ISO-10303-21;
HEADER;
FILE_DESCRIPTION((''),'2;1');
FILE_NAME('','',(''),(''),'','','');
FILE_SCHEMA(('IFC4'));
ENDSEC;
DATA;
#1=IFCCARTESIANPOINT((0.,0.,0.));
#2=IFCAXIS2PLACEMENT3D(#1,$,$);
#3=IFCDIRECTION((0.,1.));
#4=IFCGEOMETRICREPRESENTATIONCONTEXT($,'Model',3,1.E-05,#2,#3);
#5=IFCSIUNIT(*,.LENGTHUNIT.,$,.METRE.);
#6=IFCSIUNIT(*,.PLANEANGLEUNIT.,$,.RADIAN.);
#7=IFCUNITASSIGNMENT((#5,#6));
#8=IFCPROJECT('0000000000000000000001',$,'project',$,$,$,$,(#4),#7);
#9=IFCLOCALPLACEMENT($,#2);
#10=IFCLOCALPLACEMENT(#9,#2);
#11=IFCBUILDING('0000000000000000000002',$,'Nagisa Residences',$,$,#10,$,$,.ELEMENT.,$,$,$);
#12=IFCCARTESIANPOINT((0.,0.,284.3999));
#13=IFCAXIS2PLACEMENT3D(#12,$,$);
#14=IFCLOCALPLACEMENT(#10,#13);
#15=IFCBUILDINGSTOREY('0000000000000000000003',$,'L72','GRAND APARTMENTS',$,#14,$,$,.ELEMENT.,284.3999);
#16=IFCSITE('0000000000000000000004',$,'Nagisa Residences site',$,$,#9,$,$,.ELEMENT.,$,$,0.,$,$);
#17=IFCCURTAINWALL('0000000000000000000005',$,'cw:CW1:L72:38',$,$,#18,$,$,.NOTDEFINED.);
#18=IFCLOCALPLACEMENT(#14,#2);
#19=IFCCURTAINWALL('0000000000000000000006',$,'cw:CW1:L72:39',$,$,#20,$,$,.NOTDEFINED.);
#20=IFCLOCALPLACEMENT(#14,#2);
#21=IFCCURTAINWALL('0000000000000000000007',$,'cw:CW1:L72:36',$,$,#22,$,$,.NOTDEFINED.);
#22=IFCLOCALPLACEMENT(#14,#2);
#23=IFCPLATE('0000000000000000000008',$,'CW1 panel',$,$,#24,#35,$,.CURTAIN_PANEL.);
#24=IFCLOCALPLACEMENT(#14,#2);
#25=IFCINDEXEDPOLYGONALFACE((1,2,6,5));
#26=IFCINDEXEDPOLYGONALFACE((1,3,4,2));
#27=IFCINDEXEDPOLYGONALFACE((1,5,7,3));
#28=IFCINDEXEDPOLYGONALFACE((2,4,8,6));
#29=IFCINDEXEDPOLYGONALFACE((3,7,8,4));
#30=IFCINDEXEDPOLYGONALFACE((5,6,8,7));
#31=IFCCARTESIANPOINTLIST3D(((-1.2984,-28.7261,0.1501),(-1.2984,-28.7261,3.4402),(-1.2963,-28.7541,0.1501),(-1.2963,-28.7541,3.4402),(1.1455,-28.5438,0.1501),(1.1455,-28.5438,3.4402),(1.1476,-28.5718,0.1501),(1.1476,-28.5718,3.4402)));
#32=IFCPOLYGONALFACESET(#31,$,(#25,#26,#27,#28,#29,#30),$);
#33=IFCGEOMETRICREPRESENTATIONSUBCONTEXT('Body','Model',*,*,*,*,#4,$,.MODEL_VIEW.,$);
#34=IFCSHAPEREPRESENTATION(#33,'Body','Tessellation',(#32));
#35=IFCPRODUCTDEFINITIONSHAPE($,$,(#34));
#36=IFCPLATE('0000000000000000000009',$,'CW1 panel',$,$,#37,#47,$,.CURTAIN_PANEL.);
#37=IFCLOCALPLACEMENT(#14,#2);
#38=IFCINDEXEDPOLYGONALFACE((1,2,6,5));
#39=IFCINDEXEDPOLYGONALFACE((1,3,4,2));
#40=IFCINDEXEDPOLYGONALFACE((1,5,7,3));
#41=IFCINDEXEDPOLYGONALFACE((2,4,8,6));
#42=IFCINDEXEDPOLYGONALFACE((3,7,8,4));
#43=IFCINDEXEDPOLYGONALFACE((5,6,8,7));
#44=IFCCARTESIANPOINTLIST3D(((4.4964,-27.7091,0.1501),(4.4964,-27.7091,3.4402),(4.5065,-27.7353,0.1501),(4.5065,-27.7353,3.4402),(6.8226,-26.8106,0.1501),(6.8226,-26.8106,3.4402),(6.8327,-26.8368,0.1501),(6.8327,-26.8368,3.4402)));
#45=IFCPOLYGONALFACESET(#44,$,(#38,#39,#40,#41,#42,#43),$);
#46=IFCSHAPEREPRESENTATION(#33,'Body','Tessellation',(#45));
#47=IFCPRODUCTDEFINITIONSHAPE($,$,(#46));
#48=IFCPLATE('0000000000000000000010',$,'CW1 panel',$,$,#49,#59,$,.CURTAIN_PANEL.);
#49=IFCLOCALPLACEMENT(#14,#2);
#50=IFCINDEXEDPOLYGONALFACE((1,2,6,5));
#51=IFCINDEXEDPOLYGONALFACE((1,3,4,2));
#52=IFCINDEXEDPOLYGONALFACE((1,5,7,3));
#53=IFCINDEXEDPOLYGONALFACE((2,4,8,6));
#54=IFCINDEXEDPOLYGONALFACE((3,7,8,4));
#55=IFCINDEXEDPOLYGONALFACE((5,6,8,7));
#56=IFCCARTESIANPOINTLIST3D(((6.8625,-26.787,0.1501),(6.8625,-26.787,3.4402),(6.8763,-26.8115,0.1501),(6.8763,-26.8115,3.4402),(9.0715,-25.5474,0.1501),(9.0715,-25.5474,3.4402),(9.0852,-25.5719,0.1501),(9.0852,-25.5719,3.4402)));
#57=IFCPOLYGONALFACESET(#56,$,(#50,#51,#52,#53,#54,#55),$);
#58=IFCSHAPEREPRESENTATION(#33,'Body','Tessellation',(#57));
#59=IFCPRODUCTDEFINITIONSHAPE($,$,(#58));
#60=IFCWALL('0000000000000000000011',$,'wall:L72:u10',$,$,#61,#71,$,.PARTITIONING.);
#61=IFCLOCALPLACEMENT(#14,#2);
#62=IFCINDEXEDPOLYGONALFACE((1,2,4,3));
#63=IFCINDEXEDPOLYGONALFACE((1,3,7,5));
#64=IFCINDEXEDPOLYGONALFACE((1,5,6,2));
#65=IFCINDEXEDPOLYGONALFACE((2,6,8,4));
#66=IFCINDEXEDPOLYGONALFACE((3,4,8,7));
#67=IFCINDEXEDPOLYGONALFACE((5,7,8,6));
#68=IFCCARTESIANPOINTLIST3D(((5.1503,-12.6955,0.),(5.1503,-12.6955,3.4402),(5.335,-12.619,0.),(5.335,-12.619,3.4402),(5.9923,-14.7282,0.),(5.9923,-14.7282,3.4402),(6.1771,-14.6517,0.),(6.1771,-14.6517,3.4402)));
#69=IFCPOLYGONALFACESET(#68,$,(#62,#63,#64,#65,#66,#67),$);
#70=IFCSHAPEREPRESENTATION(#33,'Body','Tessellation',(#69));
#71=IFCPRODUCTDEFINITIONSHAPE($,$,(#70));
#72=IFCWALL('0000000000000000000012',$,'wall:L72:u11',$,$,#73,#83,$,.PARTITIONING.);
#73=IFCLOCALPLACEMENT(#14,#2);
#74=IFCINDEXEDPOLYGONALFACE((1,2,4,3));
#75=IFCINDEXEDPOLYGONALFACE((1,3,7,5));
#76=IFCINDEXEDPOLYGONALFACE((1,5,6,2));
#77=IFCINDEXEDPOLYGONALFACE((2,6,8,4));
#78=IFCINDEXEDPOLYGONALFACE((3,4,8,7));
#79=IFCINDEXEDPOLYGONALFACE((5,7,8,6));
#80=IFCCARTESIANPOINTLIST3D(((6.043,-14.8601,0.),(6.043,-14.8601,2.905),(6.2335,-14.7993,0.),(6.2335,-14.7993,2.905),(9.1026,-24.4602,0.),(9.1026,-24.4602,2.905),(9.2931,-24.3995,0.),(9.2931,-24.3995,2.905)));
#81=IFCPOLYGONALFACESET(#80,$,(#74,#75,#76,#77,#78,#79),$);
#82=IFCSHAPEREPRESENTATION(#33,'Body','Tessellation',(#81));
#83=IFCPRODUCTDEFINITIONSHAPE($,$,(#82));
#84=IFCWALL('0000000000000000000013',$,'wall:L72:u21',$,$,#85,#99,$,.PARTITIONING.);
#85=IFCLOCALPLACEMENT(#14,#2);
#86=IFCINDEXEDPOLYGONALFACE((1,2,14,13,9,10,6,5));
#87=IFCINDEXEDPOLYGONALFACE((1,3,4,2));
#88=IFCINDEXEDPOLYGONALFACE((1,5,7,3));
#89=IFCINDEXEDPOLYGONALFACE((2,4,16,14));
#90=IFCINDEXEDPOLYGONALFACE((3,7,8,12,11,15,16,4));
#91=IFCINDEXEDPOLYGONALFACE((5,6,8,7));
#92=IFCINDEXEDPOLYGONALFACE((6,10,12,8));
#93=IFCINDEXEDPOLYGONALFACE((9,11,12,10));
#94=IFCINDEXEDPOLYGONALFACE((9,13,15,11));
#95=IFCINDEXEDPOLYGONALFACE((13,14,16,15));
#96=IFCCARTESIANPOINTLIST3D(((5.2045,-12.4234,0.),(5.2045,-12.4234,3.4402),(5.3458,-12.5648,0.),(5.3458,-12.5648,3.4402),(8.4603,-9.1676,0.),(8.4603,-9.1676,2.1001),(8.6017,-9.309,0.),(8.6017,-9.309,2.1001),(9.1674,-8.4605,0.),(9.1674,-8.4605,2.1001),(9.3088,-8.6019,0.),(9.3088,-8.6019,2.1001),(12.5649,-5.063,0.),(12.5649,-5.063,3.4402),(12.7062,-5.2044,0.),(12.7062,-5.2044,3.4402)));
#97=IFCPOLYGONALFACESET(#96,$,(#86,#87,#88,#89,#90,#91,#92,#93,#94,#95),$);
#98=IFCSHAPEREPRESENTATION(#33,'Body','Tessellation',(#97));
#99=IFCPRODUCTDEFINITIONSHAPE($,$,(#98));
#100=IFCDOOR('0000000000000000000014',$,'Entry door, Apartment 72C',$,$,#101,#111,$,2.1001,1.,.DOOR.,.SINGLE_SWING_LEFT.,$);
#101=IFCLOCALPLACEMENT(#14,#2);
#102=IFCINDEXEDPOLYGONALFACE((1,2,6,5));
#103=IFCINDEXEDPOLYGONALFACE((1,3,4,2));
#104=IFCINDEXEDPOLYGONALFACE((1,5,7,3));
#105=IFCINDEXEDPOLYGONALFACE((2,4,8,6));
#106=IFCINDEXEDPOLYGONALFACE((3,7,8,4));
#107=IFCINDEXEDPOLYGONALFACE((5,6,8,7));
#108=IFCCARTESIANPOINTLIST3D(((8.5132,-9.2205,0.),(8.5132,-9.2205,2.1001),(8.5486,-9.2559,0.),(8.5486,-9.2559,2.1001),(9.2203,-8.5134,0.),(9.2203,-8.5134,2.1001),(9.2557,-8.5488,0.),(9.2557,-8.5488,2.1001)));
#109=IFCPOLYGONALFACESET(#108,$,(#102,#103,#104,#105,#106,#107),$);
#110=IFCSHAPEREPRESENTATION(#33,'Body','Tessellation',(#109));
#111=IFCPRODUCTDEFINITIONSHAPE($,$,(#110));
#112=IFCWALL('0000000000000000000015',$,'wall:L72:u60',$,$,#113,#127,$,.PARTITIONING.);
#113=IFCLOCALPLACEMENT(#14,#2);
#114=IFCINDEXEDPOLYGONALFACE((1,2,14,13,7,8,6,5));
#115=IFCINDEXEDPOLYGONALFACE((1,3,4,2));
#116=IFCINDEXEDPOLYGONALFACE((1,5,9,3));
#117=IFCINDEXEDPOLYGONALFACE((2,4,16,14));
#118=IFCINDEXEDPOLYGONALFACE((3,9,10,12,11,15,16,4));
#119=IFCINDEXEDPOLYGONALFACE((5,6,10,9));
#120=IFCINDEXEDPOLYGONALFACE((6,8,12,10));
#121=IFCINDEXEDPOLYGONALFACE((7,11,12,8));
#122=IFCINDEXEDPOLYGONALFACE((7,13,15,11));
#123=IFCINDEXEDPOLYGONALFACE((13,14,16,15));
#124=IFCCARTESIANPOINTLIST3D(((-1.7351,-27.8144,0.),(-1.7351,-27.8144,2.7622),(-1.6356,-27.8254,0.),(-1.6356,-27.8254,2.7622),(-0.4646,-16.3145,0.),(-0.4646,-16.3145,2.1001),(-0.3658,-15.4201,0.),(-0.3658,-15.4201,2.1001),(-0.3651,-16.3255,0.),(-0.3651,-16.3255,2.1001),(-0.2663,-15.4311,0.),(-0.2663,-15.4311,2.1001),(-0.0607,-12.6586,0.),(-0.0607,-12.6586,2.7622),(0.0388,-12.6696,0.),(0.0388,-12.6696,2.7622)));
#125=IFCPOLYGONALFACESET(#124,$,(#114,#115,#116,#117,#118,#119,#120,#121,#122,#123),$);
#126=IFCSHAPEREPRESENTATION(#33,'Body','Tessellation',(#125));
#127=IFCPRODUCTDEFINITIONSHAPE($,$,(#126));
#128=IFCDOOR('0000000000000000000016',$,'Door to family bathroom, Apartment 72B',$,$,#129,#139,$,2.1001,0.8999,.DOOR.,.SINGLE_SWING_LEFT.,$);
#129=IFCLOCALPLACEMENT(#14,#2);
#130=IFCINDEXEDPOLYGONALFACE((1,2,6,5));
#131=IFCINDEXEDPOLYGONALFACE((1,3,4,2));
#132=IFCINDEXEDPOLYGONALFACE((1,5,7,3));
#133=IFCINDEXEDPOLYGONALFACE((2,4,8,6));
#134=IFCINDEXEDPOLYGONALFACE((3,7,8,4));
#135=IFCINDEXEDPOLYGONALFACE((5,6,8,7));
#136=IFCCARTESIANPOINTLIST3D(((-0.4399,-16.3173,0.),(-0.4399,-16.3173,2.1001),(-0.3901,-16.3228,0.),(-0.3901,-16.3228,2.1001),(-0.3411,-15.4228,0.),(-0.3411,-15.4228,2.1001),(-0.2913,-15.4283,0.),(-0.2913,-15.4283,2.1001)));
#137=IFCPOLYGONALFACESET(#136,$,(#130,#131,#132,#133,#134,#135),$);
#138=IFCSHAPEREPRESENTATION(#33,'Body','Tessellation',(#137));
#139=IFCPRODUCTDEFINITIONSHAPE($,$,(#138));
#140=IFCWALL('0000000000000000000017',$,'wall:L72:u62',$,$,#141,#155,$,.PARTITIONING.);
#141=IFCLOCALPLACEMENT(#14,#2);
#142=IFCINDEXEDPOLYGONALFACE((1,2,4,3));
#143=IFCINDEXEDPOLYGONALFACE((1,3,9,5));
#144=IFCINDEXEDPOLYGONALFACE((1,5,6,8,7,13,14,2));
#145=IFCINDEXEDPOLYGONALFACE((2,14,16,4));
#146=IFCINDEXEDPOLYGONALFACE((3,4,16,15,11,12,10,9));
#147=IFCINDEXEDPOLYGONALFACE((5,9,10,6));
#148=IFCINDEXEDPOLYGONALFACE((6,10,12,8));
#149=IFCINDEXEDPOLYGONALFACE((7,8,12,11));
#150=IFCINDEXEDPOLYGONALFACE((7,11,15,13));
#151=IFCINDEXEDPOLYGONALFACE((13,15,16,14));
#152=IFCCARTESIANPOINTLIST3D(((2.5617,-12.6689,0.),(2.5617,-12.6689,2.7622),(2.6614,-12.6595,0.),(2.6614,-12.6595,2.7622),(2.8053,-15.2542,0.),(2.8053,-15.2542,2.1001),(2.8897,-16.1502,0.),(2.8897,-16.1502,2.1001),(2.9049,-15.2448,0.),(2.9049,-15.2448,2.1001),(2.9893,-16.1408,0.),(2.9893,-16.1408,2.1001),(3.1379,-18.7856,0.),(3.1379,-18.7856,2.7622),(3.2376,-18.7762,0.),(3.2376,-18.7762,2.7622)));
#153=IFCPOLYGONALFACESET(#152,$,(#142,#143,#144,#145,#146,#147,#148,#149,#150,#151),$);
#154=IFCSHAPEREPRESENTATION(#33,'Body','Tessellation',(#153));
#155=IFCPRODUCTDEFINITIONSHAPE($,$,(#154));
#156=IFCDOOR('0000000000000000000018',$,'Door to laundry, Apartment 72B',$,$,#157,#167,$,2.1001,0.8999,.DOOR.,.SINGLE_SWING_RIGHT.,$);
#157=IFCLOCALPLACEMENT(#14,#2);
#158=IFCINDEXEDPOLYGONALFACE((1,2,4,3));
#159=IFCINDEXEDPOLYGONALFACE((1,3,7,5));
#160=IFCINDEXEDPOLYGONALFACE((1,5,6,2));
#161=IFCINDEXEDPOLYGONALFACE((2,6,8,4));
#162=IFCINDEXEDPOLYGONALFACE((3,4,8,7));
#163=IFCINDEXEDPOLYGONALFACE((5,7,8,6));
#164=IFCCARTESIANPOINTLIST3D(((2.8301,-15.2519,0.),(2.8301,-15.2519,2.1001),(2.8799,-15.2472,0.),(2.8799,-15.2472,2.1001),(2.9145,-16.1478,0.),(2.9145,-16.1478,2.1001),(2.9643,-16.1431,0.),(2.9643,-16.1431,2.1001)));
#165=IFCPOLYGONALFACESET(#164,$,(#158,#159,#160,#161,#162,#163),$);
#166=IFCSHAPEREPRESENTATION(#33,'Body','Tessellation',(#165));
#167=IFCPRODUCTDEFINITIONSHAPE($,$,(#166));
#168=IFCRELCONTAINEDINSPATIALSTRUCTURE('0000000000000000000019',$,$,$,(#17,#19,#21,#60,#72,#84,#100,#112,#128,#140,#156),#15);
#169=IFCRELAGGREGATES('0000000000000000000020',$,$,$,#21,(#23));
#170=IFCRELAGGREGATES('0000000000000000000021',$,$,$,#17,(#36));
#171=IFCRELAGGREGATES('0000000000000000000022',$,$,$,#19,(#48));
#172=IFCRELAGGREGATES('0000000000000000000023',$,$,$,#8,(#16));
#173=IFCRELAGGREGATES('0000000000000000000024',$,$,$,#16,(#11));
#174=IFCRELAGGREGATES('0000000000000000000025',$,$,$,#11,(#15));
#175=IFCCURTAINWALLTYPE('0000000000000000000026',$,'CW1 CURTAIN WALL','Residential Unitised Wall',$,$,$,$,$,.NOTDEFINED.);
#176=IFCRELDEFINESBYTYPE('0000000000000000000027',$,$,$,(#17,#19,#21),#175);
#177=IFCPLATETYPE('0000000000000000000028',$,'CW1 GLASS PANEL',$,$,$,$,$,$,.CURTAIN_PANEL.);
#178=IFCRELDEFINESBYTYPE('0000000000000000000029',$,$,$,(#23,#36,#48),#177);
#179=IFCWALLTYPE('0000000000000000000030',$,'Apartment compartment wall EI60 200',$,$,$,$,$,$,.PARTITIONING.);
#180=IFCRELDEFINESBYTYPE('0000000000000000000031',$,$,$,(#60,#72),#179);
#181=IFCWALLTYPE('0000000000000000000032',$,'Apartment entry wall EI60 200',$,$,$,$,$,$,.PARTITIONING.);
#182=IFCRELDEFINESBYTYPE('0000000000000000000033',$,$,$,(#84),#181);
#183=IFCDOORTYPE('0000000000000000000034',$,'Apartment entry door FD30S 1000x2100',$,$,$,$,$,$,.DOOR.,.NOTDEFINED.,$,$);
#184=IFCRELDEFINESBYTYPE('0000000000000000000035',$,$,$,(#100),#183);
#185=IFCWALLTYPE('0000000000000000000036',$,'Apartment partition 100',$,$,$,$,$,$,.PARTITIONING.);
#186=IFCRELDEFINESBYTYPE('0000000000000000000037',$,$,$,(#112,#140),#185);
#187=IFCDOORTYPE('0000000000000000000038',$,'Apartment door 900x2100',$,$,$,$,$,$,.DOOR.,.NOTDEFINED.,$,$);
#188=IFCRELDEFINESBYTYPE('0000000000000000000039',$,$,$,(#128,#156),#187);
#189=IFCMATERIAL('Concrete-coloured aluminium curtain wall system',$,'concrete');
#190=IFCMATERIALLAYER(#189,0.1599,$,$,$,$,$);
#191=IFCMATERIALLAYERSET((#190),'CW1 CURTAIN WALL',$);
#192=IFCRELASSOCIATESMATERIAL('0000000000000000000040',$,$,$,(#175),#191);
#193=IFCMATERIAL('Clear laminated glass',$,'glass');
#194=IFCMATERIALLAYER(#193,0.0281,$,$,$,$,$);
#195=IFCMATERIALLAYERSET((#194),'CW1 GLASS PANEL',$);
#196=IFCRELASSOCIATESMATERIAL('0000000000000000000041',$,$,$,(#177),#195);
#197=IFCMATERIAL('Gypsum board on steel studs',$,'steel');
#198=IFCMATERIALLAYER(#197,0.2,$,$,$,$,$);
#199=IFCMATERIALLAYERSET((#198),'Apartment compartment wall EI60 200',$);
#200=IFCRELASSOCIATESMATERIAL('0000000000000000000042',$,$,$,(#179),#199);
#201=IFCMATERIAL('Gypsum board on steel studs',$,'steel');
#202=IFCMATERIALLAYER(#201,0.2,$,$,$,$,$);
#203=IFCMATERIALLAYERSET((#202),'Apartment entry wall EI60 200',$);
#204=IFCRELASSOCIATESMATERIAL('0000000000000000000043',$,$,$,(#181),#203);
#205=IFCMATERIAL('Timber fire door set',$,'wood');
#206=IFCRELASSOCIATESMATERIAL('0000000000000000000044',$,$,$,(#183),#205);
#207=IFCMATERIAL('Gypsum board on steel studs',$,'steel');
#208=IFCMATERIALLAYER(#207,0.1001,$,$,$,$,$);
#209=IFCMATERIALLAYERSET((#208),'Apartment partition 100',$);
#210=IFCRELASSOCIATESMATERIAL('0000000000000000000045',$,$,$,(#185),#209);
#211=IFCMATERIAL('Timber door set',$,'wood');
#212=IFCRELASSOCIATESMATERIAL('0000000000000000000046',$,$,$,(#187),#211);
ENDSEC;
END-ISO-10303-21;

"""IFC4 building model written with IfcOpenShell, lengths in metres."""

from ifc_helpers import new_model, si_unit, direction, frame, frame_2d, origin, origin_2d, place, context, subcontext, project, spatial, rectangle, extrude, material, layer, layer_set, type_object, element, fill, aggregate, save


model = new_model("IFC4")

# Units and contexts
model_context = context("Model", 3, precision=1e-05, world=origin(), true_north=direction((0.0, 1.0)))
body_context = subcontext(model_context, "Body", "Model", "MODEL_VIEW")
ifc_project = project(units=[si_unit("LENGTHUNIT", "METRE"), si_unit("PLANEANGLEUNIT", "RADIAN")], contexts=[model_context])

# Site, building, storey
site_placement = place(None, origin())
site = spatial("IfcSite", under=ifc_project, at=site_placement, Name="Nagisa Residences site", CompositionType="ELEMENT", RefElevation=0.0)
building_placement = place(site_placement, origin())
building = spatial("IfcBuilding", under=site, at=building_placement, Name="Nagisa Residences", CompositionType="ELEMENT")
storey_placement = place(building_placement, frame((0.0, 0.0, 284.3999)))
storey = spatial("IfcBuildingStorey", under=building, at=storey_placement, Name="L72", Description="GRAND APARTMENTS", CompositionType="ELEMENT", Elevation=284.3999)

# Curtain walls
ifc_material_1 = material(Name="Concrete-coloured aluminium curtain wall system", Category="concrete")
ifc_layer_1 = layer(ifc_material_1, 0.1599)
ifc_layer_set_1 = layer_set([ifc_layer_1], Name="CW1 CURTAIN WALL")
curtain_wall_type = type_object("IfcCurtainWallType", Name="CW1 CURTAIN WALL", Description="Residential Unitised Wall", PredefinedType="NOTDEFINED", material=ifc_layer_set_1)
curtain_wall_1_placement = place(storey_placement, origin())
curtain_wall_1 = element("IfcCurtainWall", 1, at=curtain_wall_1_placement, inside=storey, type_object=curtain_wall_type, Name="cw:CW1:L72:38", PredefinedType="NOTDEFINED")
curtain_wall_2_placement = place(storey_placement, origin())
curtain_wall_2 = element("IfcCurtainWall", 2, at=curtain_wall_2_placement, inside=storey, type_object=curtain_wall_type, Name="cw:CW1:L72:39", PredefinedType="NOTDEFINED")

# Curtain wall, plate
curtain_wall_3_placement = place(storey_placement, origin())
curtain_wall_3 = element("IfcCurtainWall", 3, at=curtain_wall_3_placement, inside=storey, type_object=curtain_wall_type, Name="cw:CW1:L72:36", PredefinedType="NOTDEFINED")
ifc_material_2 = material(Name="Clear laminated glass", Category="glass")
ifc_layer_2 = layer(ifc_material_2, 0.0281)
ifc_layer_set_2 = layer_set([ifc_layer_2], Name="CW1 GLASS PANEL")
plate_type = type_object("IfcPlateType", Name="CW1 GLASS PANEL", PredefinedType="CURTAIN_PANEL", material=ifc_layer_set_2)
plate_1_placement = place(storey_placement, frame((-0.0754, -28.6489, 0.1501), z_axis=(0.0, 0.0, 1.0), x_axis=(0.99723, 0.074377, 0.0)))
plate_1 = element("IfcPlate", 4, at=plate_1_placement, type_object=plate_type, Name="CW1 panel", PredefinedType="CURTAIN_PANEL", context=body_context, shape_type="SweptSolid", body=[
    extrude(rectangle(XDim=2.4507, YDim=0.0281, at=origin_2d()), origin(), (0.0, 0.0, 1.0), 3.29),
])
aggregate(curtain_wall_3, [plate_1])

# Plates
plate_2_placement = place(storey_placement, frame((5.6646, -27.2729, 0.1501), z_axis=(0.0, 0.0, 1.0), x_axis=(0.932826, 0.360328, 0.0)))
plate_2 = element("IfcPlate", 5, at=plate_2_placement, type_object=plate_type, Name="CW1 panel", PredefinedType="CURTAIN_PANEL", context=body_context, shape_type="SweptSolid", body=[
    extrude(rectangle(XDim=2.4937, YDim=0.0281, at=origin_2d()), origin(), (0.0, 0.0, 1.0), 3.29),
])
aggregate(curtain_wall_1, [plate_2])
plate_3_placement = place(storey_placement, frame((7.9739, -26.1794, 0.1501), z_axis=(0.0, 0.0, 1.0), x_axis=(0.872072, 0.489377, 0.0)))
plate_3 = element("IfcPlate", 6, at=plate_3_placement, type_object=plate_type, Name="CW1 panel", PredefinedType="CURTAIN_PANEL", context=body_context, shape_type="SweptSolid", body=[
    extrude(rectangle(XDim=2.533, YDim=0.0281, at=origin_2d()), origin(), (0.0, 0.0, 1.0), 3.29),
])
aggregate(curtain_wall_2, [plate_3])

# Walls
ifc_material_3 = material(Name="Gypsum board on steel studs", Category="steel")
ifc_layer_3 = layer(ifc_material_3, 0.2)
ifc_layer_set_3 = layer_set([ifc_layer_3], Name="Apartment compartment wall EI60 200")
wall_type_1 = type_object("IfcWallType", Name="Apartment compartment wall EI60 200", PredefinedType="PARTITIONING", material=ifc_layer_set_3)
wall_1_placement = place(storey_placement, frame((5.2427, -12.6572, 0.0), z_axis=(0.0, 0.0, 1.0), x_axis=(0.382708, -0.923869, 0.0)))
element("IfcWall", 7, at=wall_1_placement, inside=storey, type_object=wall_type_1, Name="wall:L72:u10", PredefinedType="PARTITIONING", context=body_context, shape_type="SweptSolid", body=[
    extrude(rectangle(XDim=2.2002, YDim=0.2, at=frame_2d((1.1001, 0.0))), origin(), (0.0, 0.0, 1.0), 3.4402),
])
wall_2_placement = place(storey_placement, frame((6.1382, -14.8296, 0.0), z_axis=(0.0, 0.0, 1.0), x_axis=(0.303654, -0.952782, 0.0)))
element("IfcWall", 8, at=wall_2_placement, inside=storey, type_object=wall_type_1, Name="wall:L72:u11", PredefinedType="PARTITIONING", context=body_context, shape_type="SweptSolid", body=[
    extrude(rectangle(XDim=10.0759, YDim=0.2, at=frame_2d((5.0381, 0.0))), origin(), (0.0, 0.0, 1.0), 2.905),
])

# Walls, openings, doors
ifc_material_4 = material(Name="Gypsum board on steel studs", Category="steel")
ifc_layer_4 = layer(ifc_material_4, 0.2)
ifc_layer_set_4 = layer_set([ifc_layer_4], Name="Apartment entry wall EI60 200")
wall_type_2 = type_object("IfcWallType", Name="Apartment entry wall EI60 200", PredefinedType="PARTITIONING", material=ifc_layer_set_4)
wall_3_placement = place(storey_placement, frame((5.2751, -12.4941, 0.0), z_axis=(0.0, 0.0, 1.0), x_axis=(0.707107, 0.707107, 0.0)))
wall_3 = element("IfcWall", 9, at=wall_3_placement, inside=storey, type_object=wall_type_2, Name="wall:L72:u21", PredefinedType="PARTITIONING", context=body_context, shape_type="SweptSolid", body=[
    extrude(rectangle(XDim=10.4092, YDim=0.2, at=frame_2d((5.2046, 0.0))), origin(), (0.0, 0.0, 1.0), 3.4402),
])
opening_1_placement = place(wall_3_placement, frame((4.6045, 0.0, 0.0)))
opening_1 = element("IfcOpeningElement", 10, at=opening_1_placement, cuts=wall_3, PredefinedType="OPENING", context=body_context, shape_type="SweptSolid", body=[
    extrude(rectangle(XDim=1.0, YDim=2.1001, at=frame_2d((0.5, 1.05))), frame((0.0, 0.1099, 0.0), z_axis=(0.0, -1.0, 0.0), x_axis=(1.0, 0.0, 0.0)), (0.0, 0.0, 1.0), 0.22),
])
ifc_material_5 = material(Name="Timber fire door set", Category="wood")
door_type_1 = type_object("IfcDoorType", Name="Apartment entry door FD30S 1000x2100", OperationType="NOTDEFINED", PredefinedType="DOOR", material=ifc_material_5)
door_1_placement = place(opening_1_placement, frame((1.0, 0.0, 0.0), x_axis=(-1.0, 0.0, 0.0)))
door_1 = element("IfcDoor", 11, at=door_1_placement, inside=storey, type_object=door_type_1, Name="Entry door, Apartment 72C", OperationType="SINGLE_SWING_LEFT", OverallHeight=2.1001, OverallWidth=1.0, PredefinedType="DOOR", context=body_context, shape_type="SweptSolid", body=[
    extrude(rectangle(XDim=1.0, YDim=2.1001, at=frame_2d((0.5, 1.05))), frame((0.0, 0.0249, 0.0), z_axis=(0.0, -1.0, 0.0), x_axis=(1.0, 0.0, 0.0)), (0.0, 0.0, 1.0), 0.05),
])
fill(opening_1, door_1)
ifc_material_6 = material(Name="Gypsum board on steel studs", Category="steel")
ifc_layer_5 = layer(ifc_material_6, 0.1001)
ifc_layer_set_5 = layer_set([ifc_layer_5], Name="Apartment partition 100")
wall_type_3 = type_object("IfcWallType", Name="Apartment partition 100", PredefinedType="PARTITIONING", material=ifc_layer_set_5)
wall_4_placement = place(storey_placement, frame((-0.011, -12.6641, 0.0), z_axis=(0.0, 0.0, 1.0), x_axis=(-0.109806, -0.993953, 0.0)))
wall_4 = element("IfcWall", 12, at=wall_4_placement, inside=storey, type_object=wall_type_3, Name="wall:L72:u60", PredefinedType="PARTITIONING", context=body_context, shape_type="SweptSolid", body=[
    extrude(rectangle(XDim=15.248, YDim=0.1001, at=frame_2d((7.624, 0.0))), origin(), (0.0, 0.0, 1.0), 2.7622),
])
opening_2_placement = place(wall_4_placement, frame((2.7783, 0.0, 0.0)))
opening_2 = element("IfcOpeningElement", 13, at=opening_2_placement, cuts=wall_4, PredefinedType="OPENING", context=body_context, shape_type="SweptSolid", body=[
    extrude(rectangle(XDim=0.8999, YDim=2.1001, at=frame_2d((0.45, 1.05))), frame((0.0, 0.0601, 0.0), z_axis=(0.0, -1.0, 0.0), x_axis=(1.0, 0.0, 0.0)), (0.0, 0.0, 1.0), 0.1201),
])
ifc_material_7 = material(Name="Timber door set", Category="wood")
door_type_2 = type_object("IfcDoorType", Name="Apartment door 900x2100", OperationType="NOTDEFINED", PredefinedType="DOOR", material=ifc_material_7)
door_2_placement = place(opening_2_placement, origin())
door_2 = element("IfcDoor", 14, at=door_2_placement, inside=storey, type_object=door_type_2, Name="Door to family bathroom, Apartment 72B", OperationType="SINGLE_SWING_LEFT", OverallHeight=2.1001, OverallWidth=0.8999, PredefinedType="DOOR", context=body_context, shape_type="SweptSolid", body=[
    extrude(rectangle(XDim=0.8999, YDim=2.1001, at=frame_2d((0.45, 1.05))), frame((0.0, 0.0249, 0.0), z_axis=(0.0, -1.0, 0.0), x_axis=(1.0, 0.0, 0.0)), (0.0, 0.0, 1.0), 0.05),
])
fill(opening_2, door_2)
wall_5_placement = place(storey_placement, frame((2.6116, -12.6643, 0.0), z_axis=(0.0, 0.0, 1.0), x_axis=(0.093781, -0.995593, 0.0)))
wall_5 = element("IfcWall", 15, at=wall_5_placement, inside=storey, type_object=wall_type_3, Name="wall:L72:u62", PredefinedType="PARTITIONING", context=body_context, shape_type="SweptSolid", body=[
    extrude(rectangle(XDim=6.1438, YDim=0.1001, at=frame_2d((3.0718, 0.0))), origin(), (0.0, 0.0, 1.0), 2.7622),
])
opening_3_placement = place(wall_5_placement, frame((2.5967, 0.0, 0.0)))
opening_3 = element("IfcOpeningElement", 16, at=opening_3_placement, cuts=wall_5, PredefinedType="OPENING", context=body_context, shape_type="SweptSolid", body=[
    extrude(rectangle(XDim=0.8999, YDim=2.1001, at=frame_2d((0.45, 1.05))), frame((0.0, 0.0601, 0.0), z_axis=(0.0, -1.0, 0.0), x_axis=(1.0, 0.0, 0.0)), (0.0, 0.0, 1.0), 0.1201),
])
door_3_placement = place(opening_3_placement, origin())
door_3 = element("IfcDoor", 17, at=door_3_placement, inside=storey, type_object=door_type_2, Name="Door to laundry, Apartment 72B", OperationType="SINGLE_SWING_RIGHT", OverallHeight=2.1001, OverallWidth=0.8999, PredefinedType="DOOR", context=body_context, shape_type="SweptSolid", body=[
    extrude(rectangle(XDim=0.8999, YDim=2.1001, at=frame_2d((0.45, 1.05))), frame((0.0, 0.0249, 0.0), z_axis=(0.0, -1.0, 0.0), x_axis=(1.0, 0.0, 0.0)), (0.0, 0.0, 1.0), 0.05),
])
fill(opening_3, door_3)

save(model, "model.ifc")
